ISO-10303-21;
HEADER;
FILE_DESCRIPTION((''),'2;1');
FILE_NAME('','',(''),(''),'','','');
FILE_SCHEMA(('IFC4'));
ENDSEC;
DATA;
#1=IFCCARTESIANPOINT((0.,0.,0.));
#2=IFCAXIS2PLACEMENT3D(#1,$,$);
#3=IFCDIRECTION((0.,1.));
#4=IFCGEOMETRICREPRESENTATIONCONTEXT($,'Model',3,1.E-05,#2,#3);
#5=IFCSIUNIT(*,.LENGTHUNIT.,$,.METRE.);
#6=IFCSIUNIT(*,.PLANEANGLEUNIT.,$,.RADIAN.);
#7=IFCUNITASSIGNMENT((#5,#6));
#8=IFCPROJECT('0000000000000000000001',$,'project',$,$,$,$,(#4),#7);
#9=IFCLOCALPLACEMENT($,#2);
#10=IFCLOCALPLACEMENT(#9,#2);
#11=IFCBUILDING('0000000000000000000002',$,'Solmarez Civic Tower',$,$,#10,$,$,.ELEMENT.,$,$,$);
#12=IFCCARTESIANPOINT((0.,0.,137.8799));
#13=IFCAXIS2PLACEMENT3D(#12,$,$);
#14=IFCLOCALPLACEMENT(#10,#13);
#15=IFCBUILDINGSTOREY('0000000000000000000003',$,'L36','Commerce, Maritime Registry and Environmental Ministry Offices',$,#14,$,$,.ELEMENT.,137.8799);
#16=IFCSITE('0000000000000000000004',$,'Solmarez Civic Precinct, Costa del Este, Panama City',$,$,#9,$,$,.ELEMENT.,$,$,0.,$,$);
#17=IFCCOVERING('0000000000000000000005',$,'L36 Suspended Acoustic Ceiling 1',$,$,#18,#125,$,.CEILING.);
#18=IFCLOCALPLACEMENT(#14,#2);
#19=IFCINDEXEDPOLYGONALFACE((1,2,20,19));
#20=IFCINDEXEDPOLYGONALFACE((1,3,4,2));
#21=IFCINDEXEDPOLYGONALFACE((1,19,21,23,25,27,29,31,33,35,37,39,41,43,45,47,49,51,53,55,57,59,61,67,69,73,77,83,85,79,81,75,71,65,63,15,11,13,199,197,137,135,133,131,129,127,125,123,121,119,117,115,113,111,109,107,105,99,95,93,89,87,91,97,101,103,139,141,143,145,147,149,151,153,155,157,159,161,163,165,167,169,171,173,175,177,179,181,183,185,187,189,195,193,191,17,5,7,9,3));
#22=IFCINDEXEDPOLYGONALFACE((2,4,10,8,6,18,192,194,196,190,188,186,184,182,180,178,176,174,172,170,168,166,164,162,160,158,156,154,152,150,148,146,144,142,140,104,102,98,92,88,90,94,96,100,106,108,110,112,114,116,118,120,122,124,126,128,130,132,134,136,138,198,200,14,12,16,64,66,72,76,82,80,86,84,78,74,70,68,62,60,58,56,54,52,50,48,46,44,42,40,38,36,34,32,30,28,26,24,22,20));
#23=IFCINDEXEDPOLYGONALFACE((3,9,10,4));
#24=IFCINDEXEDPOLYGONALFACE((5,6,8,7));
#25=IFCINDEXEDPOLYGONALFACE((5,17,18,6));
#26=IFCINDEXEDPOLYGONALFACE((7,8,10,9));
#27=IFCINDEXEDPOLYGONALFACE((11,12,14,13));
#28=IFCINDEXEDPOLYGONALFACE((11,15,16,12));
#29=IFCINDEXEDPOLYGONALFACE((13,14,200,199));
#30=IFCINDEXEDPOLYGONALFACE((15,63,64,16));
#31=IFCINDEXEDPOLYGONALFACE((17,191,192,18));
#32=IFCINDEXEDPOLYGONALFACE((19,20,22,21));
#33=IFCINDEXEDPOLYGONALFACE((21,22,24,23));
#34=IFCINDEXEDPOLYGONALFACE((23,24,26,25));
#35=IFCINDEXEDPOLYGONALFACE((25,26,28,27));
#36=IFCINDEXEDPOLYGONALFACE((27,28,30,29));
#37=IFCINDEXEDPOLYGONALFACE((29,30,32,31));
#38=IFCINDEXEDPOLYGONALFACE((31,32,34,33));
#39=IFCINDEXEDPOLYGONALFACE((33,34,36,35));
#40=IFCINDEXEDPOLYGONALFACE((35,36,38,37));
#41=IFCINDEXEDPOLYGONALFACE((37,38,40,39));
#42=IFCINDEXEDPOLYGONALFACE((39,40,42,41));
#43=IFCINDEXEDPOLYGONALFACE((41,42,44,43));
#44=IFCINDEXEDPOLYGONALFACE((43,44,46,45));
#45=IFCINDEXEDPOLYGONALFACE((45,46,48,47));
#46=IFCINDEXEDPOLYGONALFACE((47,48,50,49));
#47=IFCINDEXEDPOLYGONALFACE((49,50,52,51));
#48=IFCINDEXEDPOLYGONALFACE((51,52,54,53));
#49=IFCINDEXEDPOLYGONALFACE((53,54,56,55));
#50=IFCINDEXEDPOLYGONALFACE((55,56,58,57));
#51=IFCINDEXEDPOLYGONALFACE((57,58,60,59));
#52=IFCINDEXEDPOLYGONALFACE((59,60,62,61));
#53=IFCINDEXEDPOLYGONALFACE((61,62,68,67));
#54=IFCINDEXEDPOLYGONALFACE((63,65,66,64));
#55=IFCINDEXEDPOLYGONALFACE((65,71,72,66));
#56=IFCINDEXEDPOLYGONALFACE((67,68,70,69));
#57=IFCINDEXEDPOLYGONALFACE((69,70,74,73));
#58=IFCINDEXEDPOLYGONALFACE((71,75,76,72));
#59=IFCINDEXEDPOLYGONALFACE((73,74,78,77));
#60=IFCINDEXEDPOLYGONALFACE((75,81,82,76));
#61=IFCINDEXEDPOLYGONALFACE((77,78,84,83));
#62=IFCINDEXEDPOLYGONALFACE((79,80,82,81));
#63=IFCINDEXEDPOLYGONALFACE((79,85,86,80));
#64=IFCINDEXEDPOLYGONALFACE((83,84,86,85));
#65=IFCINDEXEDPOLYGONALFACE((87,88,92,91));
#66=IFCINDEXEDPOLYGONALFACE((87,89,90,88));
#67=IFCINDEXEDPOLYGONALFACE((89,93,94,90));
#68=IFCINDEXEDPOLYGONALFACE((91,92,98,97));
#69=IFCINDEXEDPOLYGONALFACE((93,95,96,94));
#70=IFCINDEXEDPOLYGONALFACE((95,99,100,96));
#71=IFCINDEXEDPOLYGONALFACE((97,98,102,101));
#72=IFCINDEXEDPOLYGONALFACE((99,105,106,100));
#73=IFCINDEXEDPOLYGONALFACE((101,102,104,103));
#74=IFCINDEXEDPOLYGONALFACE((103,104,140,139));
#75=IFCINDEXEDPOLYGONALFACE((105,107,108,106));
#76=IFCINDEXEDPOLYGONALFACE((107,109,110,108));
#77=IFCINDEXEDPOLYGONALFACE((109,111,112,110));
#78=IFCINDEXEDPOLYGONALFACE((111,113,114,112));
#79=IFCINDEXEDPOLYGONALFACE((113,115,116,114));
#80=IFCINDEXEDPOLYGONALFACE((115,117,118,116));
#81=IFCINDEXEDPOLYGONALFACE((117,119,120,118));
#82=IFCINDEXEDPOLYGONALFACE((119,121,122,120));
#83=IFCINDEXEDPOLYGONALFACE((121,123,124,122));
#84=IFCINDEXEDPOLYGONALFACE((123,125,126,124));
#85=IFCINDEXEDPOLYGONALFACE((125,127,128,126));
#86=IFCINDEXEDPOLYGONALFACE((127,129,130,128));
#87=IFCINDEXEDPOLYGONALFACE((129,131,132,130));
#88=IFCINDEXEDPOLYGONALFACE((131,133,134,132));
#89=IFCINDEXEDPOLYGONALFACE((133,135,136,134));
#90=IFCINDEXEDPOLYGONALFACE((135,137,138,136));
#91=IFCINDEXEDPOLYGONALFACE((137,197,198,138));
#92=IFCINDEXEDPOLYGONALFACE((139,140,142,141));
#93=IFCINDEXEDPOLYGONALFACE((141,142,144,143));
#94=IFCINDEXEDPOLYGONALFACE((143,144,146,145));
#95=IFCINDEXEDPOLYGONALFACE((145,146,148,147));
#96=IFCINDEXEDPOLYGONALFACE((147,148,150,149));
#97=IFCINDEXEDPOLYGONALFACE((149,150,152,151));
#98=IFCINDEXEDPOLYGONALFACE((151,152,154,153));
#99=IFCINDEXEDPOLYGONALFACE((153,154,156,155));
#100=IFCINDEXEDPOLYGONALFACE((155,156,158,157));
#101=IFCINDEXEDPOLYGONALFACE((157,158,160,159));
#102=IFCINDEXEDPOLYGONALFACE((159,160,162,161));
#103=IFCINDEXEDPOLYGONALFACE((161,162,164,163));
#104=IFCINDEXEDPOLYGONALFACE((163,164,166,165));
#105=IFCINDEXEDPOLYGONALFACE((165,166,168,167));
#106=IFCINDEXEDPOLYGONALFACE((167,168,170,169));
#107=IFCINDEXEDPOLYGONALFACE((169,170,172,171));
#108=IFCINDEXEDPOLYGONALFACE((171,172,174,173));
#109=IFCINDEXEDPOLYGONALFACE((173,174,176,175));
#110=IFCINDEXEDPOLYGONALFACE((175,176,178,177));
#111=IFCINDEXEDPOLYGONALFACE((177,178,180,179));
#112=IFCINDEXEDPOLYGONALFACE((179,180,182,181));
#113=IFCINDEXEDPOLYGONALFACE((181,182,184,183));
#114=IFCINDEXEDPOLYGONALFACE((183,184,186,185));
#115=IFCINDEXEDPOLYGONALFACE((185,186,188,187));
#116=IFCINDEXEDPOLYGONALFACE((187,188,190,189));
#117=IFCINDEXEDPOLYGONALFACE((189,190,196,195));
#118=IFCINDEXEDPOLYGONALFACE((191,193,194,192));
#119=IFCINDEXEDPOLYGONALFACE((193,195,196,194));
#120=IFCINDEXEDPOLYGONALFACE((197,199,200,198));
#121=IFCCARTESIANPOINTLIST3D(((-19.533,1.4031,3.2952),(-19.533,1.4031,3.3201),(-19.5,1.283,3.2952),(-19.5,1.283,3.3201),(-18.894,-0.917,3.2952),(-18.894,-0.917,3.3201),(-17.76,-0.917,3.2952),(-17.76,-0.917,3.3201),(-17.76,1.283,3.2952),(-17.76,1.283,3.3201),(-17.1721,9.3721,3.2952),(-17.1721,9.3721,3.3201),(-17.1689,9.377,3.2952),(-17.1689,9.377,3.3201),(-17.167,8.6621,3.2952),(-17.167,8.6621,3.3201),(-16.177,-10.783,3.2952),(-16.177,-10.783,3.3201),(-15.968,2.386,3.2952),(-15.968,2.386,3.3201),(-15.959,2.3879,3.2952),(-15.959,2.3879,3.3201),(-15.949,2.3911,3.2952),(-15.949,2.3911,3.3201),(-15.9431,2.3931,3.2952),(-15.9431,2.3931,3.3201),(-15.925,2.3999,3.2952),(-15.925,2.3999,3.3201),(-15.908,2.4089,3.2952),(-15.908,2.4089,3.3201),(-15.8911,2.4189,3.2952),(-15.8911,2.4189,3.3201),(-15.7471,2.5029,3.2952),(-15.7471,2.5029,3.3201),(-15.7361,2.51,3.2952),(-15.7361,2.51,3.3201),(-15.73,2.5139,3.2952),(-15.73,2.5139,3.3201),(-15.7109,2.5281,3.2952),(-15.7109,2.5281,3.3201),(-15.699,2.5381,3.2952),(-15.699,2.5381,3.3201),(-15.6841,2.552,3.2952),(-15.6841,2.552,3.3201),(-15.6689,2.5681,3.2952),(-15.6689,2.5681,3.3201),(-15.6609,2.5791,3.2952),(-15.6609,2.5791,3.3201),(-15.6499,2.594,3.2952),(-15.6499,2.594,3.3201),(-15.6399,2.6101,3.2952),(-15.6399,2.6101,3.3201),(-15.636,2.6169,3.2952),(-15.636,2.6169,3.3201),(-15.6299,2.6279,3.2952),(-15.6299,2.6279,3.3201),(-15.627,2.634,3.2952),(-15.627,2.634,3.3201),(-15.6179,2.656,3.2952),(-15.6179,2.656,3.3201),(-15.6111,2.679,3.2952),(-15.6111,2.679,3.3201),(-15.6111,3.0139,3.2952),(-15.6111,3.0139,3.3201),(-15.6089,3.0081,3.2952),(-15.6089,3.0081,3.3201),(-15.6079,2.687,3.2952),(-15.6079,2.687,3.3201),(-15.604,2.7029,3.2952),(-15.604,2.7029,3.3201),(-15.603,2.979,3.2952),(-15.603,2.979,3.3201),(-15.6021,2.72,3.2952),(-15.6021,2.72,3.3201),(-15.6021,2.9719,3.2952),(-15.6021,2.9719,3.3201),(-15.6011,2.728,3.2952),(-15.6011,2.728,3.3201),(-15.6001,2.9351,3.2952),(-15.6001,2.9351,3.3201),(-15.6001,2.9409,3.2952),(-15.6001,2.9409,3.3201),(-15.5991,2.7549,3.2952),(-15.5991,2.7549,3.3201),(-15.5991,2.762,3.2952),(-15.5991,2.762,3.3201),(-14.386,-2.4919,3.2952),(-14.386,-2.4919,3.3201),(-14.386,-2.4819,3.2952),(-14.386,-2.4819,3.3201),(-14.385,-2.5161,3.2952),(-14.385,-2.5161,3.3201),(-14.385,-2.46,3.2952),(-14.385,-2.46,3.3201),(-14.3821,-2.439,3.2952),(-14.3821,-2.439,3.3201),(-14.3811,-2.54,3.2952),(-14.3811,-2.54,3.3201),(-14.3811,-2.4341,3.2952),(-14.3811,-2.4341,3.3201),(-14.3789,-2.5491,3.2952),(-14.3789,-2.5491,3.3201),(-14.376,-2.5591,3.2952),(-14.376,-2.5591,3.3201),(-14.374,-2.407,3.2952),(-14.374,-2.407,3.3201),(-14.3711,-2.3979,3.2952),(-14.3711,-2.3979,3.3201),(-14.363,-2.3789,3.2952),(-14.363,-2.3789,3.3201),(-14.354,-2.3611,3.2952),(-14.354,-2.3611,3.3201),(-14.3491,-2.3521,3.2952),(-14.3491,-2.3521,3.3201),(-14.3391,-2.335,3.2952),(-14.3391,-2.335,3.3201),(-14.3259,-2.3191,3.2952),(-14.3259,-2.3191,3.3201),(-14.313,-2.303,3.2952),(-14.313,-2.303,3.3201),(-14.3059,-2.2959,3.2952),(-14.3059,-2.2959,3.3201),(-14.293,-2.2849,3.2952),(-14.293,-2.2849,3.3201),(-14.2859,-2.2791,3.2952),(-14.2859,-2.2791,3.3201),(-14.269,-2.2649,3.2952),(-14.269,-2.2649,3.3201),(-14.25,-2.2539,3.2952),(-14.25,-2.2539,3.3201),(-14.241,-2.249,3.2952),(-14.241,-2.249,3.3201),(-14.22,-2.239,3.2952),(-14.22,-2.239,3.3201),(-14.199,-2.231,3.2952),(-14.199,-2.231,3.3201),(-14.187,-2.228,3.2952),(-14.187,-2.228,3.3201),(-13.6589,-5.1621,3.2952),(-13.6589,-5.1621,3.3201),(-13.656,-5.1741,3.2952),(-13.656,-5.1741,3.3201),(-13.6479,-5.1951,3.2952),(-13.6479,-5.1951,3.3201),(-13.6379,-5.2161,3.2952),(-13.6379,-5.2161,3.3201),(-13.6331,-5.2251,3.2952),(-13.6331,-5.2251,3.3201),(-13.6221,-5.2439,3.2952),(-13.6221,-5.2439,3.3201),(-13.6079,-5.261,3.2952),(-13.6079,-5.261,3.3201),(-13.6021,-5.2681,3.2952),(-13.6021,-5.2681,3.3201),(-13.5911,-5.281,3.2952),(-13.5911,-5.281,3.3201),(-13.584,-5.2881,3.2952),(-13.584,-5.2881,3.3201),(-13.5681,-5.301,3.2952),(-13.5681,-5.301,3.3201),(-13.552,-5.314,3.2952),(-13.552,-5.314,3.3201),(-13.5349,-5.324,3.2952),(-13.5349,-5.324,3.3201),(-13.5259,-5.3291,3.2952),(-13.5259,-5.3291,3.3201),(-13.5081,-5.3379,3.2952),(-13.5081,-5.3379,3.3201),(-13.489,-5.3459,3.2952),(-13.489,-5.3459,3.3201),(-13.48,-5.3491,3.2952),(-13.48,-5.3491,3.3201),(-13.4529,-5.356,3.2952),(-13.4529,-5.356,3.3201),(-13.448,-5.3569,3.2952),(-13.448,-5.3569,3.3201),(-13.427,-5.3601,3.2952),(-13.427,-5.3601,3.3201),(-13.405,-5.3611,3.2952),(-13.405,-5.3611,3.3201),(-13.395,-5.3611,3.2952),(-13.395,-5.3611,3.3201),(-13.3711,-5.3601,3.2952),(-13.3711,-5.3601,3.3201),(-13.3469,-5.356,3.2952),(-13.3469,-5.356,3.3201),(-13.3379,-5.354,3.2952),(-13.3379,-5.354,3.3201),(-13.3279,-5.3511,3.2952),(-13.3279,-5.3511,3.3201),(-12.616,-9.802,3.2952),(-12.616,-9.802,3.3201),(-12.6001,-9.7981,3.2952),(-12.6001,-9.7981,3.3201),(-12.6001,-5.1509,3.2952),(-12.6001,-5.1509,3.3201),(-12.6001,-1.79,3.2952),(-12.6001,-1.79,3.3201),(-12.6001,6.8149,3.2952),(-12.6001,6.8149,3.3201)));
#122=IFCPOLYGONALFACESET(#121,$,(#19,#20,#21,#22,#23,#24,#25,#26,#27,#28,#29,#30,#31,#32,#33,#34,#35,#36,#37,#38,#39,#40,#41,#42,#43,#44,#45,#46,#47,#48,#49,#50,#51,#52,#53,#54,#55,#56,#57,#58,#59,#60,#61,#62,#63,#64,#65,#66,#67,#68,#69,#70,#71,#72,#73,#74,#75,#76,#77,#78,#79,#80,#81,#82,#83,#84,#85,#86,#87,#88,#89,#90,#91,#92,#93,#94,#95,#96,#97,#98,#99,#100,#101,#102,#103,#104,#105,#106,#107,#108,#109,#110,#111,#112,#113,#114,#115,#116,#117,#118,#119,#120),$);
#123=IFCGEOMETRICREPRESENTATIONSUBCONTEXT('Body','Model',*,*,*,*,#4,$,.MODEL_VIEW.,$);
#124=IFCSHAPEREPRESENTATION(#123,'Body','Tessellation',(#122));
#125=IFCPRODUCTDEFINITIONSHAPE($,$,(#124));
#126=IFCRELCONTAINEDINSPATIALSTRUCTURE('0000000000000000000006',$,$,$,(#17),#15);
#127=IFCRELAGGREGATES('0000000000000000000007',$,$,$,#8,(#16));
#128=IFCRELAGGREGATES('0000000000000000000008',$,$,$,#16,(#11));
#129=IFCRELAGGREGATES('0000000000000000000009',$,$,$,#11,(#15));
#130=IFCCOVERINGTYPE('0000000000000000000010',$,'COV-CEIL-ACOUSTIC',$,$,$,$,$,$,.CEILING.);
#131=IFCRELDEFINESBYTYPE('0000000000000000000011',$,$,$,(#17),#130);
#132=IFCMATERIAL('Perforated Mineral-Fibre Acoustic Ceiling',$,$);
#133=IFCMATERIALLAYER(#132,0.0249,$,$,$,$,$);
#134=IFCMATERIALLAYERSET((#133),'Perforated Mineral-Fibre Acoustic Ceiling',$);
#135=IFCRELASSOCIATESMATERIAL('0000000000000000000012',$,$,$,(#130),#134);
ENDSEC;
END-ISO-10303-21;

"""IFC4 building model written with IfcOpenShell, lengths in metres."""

from ifc_helpers import new_model, si_unit, direction, frame, origin, place, context, subcontext, project, spatial, polyline, outline, extrude, material, layer, layer_set, type_object, element, save


model = new_model("IFC4")

# Units and contexts
model_context = context("Model", 3, precision=1e-05, world=origin(), true_north=direction((0.0, 1.0)))
body_context = subcontext(model_context, "Body", "Model", "MODEL_VIEW")
ifc_project = project(units=[si_unit("LENGTHUNIT", "METRE"), si_unit("PLANEANGLEUNIT", "RADIAN")], contexts=[model_context])

# Site, building, storey
site_placement = place(None, origin())
site = spatial("IfcSite", under=ifc_project, at=site_placement, Name="Solmarez Civic Precinct, Costa del Este, Panama City", CompositionType="ELEMENT", RefElevation=0.0)
building_placement = place(site_placement, origin())
building = spatial("IfcBuilding", under=site, at=building_placement, Name="Solmarez Civic Tower", CompositionType="ELEMENT")
storey_placement = place(building_placement, frame((0.0, 0.0, 137.8799)))
storey = spatial("IfcBuildingStorey", under=building, at=storey_placement, Name="L36", Description="Commerce, Maritime Registry and Environmental Ministry Offices", CompositionType="ELEMENT", Elevation=137.8799)

# Covering
ifc_material_1 = material(Name="Perforated Mineral-Fibre Acoustic Ceiling")
ifc_layer_1 = layer(ifc_material_1, 0.0249)
ifc_layer_set_1 = layer_set([ifc_layer_1], Name="Perforated Mineral-Fibre Acoustic Ceiling")
covering_type_1 = type_object("IfcCoveringType", Name="COV-CEIL-ACOUSTIC", PredefinedType="CEILING", material=ifc_layer_set_1)
covering_1_placement = place(storey_placement, frame((0.0, 0.0, 3.2952)))
element("IfcCovering", 1, at=covering_1_placement, inside=storey, type_object=covering_type_1, Name="L36 Suspended Acoustic Ceiling 1", PredefinedType="CEILING", context=body_context, shape_type="SweptSolid", body=[
    extrude(outline(polyline([(-16.177, -10.783), (-12.616, -9.802), (-12.6001, -9.7981), (-12.6001, -5.1509), (-13.3279, -5.3511), (-13.3379, -5.354), (-13.3469, -5.356), (-13.3711, -5.3601), (-13.395, -5.3611), (-13.405, -5.3611), (-13.427, -5.3601), (-13.448, -5.3569), (-13.4529, -5.356), (-13.48, -5.3491), (-13.489, -5.3459), (-13.5081, -5.3379), (-13.5259, -5.3291), (-13.5349, -5.324), (-13.552, -5.314), (-13.5681, -5.301), (-13.584, -5.2881), (-13.5911, -5.281), (-13.6021, -5.2681), (-13.6079, -5.261), (-13.6221, -5.2439), (-13.6331, -5.2251), (-13.6379, -5.2161), (-13.6479, -5.1951), (-13.656, -5.1741), (-13.6589, -5.1621), (-14.376, -2.5591), (-14.3789, -2.5491), (-14.3811, -2.54), (-14.385, -2.5161), (-14.386, -2.4919), (-14.386, -2.4819), (-14.385, -2.46), (-14.3821, -2.439), (-14.3811, -2.4341), (-14.374, -2.407), (-14.3711, -2.3979), (-14.363, -2.3789), (-14.354, -2.3611), (-14.3491, -2.3521), (-14.3391, -2.335), (-14.3259, -2.3191), (-14.313, -2.303), (-14.3059, -2.2959), (-14.293, -2.2849), (-14.2859, -2.2791), (-14.269, -2.2649), (-14.25, -2.2539), (-14.241, -2.249), (-14.22, -2.239), (-14.199, -2.231), (-14.187, -2.228), (-12.6001, -1.79), (-12.6001, 6.8149), (-17.1689, 9.377), (-17.1721, 9.3721), (-17.167, 8.6621), (-15.6111, 3.0139), (-15.6089, 3.0081), (-15.603, 2.979), (-15.6021, 2.9719), (-15.6001, 2.9409), (-15.6001, 2.9351), (-15.5991, 2.762), (-15.5991, 2.7549), (-15.6011, 2.728), (-15.6021, 2.72), (-15.604, 2.7029), (-15.6079, 2.687), (-15.6111, 2.679), (-15.6179, 2.656), (-15.627, 2.634), (-15.6299, 2.6279), (-15.636, 2.6169), (-15.6399, 2.6101), (-15.6499, 2.594), (-15.6609, 2.5791), (-15.6689, 2.5681), (-15.6841, 2.552), (-15.699, 2.5381), (-15.7109, 2.5281), (-15.73, 2.5139), (-15.7361, 2.51), (-15.7471, 2.5029), (-15.8911, 2.4189), (-15.908, 2.4089), (-15.925, 2.3999), (-15.9431, 2.3931), (-15.949, 2.3911), (-15.959, 2.3879), (-15.968, 2.386), (-19.533, 1.4031), (-19.5, 1.283), (-17.76, 1.283), (-17.76, -0.917), (-18.894, -0.917), (-16.177, -10.783)])), origin(), (0.0, 0.0, 1.0), 0.0249),
])

save(model, "model.ifc")
